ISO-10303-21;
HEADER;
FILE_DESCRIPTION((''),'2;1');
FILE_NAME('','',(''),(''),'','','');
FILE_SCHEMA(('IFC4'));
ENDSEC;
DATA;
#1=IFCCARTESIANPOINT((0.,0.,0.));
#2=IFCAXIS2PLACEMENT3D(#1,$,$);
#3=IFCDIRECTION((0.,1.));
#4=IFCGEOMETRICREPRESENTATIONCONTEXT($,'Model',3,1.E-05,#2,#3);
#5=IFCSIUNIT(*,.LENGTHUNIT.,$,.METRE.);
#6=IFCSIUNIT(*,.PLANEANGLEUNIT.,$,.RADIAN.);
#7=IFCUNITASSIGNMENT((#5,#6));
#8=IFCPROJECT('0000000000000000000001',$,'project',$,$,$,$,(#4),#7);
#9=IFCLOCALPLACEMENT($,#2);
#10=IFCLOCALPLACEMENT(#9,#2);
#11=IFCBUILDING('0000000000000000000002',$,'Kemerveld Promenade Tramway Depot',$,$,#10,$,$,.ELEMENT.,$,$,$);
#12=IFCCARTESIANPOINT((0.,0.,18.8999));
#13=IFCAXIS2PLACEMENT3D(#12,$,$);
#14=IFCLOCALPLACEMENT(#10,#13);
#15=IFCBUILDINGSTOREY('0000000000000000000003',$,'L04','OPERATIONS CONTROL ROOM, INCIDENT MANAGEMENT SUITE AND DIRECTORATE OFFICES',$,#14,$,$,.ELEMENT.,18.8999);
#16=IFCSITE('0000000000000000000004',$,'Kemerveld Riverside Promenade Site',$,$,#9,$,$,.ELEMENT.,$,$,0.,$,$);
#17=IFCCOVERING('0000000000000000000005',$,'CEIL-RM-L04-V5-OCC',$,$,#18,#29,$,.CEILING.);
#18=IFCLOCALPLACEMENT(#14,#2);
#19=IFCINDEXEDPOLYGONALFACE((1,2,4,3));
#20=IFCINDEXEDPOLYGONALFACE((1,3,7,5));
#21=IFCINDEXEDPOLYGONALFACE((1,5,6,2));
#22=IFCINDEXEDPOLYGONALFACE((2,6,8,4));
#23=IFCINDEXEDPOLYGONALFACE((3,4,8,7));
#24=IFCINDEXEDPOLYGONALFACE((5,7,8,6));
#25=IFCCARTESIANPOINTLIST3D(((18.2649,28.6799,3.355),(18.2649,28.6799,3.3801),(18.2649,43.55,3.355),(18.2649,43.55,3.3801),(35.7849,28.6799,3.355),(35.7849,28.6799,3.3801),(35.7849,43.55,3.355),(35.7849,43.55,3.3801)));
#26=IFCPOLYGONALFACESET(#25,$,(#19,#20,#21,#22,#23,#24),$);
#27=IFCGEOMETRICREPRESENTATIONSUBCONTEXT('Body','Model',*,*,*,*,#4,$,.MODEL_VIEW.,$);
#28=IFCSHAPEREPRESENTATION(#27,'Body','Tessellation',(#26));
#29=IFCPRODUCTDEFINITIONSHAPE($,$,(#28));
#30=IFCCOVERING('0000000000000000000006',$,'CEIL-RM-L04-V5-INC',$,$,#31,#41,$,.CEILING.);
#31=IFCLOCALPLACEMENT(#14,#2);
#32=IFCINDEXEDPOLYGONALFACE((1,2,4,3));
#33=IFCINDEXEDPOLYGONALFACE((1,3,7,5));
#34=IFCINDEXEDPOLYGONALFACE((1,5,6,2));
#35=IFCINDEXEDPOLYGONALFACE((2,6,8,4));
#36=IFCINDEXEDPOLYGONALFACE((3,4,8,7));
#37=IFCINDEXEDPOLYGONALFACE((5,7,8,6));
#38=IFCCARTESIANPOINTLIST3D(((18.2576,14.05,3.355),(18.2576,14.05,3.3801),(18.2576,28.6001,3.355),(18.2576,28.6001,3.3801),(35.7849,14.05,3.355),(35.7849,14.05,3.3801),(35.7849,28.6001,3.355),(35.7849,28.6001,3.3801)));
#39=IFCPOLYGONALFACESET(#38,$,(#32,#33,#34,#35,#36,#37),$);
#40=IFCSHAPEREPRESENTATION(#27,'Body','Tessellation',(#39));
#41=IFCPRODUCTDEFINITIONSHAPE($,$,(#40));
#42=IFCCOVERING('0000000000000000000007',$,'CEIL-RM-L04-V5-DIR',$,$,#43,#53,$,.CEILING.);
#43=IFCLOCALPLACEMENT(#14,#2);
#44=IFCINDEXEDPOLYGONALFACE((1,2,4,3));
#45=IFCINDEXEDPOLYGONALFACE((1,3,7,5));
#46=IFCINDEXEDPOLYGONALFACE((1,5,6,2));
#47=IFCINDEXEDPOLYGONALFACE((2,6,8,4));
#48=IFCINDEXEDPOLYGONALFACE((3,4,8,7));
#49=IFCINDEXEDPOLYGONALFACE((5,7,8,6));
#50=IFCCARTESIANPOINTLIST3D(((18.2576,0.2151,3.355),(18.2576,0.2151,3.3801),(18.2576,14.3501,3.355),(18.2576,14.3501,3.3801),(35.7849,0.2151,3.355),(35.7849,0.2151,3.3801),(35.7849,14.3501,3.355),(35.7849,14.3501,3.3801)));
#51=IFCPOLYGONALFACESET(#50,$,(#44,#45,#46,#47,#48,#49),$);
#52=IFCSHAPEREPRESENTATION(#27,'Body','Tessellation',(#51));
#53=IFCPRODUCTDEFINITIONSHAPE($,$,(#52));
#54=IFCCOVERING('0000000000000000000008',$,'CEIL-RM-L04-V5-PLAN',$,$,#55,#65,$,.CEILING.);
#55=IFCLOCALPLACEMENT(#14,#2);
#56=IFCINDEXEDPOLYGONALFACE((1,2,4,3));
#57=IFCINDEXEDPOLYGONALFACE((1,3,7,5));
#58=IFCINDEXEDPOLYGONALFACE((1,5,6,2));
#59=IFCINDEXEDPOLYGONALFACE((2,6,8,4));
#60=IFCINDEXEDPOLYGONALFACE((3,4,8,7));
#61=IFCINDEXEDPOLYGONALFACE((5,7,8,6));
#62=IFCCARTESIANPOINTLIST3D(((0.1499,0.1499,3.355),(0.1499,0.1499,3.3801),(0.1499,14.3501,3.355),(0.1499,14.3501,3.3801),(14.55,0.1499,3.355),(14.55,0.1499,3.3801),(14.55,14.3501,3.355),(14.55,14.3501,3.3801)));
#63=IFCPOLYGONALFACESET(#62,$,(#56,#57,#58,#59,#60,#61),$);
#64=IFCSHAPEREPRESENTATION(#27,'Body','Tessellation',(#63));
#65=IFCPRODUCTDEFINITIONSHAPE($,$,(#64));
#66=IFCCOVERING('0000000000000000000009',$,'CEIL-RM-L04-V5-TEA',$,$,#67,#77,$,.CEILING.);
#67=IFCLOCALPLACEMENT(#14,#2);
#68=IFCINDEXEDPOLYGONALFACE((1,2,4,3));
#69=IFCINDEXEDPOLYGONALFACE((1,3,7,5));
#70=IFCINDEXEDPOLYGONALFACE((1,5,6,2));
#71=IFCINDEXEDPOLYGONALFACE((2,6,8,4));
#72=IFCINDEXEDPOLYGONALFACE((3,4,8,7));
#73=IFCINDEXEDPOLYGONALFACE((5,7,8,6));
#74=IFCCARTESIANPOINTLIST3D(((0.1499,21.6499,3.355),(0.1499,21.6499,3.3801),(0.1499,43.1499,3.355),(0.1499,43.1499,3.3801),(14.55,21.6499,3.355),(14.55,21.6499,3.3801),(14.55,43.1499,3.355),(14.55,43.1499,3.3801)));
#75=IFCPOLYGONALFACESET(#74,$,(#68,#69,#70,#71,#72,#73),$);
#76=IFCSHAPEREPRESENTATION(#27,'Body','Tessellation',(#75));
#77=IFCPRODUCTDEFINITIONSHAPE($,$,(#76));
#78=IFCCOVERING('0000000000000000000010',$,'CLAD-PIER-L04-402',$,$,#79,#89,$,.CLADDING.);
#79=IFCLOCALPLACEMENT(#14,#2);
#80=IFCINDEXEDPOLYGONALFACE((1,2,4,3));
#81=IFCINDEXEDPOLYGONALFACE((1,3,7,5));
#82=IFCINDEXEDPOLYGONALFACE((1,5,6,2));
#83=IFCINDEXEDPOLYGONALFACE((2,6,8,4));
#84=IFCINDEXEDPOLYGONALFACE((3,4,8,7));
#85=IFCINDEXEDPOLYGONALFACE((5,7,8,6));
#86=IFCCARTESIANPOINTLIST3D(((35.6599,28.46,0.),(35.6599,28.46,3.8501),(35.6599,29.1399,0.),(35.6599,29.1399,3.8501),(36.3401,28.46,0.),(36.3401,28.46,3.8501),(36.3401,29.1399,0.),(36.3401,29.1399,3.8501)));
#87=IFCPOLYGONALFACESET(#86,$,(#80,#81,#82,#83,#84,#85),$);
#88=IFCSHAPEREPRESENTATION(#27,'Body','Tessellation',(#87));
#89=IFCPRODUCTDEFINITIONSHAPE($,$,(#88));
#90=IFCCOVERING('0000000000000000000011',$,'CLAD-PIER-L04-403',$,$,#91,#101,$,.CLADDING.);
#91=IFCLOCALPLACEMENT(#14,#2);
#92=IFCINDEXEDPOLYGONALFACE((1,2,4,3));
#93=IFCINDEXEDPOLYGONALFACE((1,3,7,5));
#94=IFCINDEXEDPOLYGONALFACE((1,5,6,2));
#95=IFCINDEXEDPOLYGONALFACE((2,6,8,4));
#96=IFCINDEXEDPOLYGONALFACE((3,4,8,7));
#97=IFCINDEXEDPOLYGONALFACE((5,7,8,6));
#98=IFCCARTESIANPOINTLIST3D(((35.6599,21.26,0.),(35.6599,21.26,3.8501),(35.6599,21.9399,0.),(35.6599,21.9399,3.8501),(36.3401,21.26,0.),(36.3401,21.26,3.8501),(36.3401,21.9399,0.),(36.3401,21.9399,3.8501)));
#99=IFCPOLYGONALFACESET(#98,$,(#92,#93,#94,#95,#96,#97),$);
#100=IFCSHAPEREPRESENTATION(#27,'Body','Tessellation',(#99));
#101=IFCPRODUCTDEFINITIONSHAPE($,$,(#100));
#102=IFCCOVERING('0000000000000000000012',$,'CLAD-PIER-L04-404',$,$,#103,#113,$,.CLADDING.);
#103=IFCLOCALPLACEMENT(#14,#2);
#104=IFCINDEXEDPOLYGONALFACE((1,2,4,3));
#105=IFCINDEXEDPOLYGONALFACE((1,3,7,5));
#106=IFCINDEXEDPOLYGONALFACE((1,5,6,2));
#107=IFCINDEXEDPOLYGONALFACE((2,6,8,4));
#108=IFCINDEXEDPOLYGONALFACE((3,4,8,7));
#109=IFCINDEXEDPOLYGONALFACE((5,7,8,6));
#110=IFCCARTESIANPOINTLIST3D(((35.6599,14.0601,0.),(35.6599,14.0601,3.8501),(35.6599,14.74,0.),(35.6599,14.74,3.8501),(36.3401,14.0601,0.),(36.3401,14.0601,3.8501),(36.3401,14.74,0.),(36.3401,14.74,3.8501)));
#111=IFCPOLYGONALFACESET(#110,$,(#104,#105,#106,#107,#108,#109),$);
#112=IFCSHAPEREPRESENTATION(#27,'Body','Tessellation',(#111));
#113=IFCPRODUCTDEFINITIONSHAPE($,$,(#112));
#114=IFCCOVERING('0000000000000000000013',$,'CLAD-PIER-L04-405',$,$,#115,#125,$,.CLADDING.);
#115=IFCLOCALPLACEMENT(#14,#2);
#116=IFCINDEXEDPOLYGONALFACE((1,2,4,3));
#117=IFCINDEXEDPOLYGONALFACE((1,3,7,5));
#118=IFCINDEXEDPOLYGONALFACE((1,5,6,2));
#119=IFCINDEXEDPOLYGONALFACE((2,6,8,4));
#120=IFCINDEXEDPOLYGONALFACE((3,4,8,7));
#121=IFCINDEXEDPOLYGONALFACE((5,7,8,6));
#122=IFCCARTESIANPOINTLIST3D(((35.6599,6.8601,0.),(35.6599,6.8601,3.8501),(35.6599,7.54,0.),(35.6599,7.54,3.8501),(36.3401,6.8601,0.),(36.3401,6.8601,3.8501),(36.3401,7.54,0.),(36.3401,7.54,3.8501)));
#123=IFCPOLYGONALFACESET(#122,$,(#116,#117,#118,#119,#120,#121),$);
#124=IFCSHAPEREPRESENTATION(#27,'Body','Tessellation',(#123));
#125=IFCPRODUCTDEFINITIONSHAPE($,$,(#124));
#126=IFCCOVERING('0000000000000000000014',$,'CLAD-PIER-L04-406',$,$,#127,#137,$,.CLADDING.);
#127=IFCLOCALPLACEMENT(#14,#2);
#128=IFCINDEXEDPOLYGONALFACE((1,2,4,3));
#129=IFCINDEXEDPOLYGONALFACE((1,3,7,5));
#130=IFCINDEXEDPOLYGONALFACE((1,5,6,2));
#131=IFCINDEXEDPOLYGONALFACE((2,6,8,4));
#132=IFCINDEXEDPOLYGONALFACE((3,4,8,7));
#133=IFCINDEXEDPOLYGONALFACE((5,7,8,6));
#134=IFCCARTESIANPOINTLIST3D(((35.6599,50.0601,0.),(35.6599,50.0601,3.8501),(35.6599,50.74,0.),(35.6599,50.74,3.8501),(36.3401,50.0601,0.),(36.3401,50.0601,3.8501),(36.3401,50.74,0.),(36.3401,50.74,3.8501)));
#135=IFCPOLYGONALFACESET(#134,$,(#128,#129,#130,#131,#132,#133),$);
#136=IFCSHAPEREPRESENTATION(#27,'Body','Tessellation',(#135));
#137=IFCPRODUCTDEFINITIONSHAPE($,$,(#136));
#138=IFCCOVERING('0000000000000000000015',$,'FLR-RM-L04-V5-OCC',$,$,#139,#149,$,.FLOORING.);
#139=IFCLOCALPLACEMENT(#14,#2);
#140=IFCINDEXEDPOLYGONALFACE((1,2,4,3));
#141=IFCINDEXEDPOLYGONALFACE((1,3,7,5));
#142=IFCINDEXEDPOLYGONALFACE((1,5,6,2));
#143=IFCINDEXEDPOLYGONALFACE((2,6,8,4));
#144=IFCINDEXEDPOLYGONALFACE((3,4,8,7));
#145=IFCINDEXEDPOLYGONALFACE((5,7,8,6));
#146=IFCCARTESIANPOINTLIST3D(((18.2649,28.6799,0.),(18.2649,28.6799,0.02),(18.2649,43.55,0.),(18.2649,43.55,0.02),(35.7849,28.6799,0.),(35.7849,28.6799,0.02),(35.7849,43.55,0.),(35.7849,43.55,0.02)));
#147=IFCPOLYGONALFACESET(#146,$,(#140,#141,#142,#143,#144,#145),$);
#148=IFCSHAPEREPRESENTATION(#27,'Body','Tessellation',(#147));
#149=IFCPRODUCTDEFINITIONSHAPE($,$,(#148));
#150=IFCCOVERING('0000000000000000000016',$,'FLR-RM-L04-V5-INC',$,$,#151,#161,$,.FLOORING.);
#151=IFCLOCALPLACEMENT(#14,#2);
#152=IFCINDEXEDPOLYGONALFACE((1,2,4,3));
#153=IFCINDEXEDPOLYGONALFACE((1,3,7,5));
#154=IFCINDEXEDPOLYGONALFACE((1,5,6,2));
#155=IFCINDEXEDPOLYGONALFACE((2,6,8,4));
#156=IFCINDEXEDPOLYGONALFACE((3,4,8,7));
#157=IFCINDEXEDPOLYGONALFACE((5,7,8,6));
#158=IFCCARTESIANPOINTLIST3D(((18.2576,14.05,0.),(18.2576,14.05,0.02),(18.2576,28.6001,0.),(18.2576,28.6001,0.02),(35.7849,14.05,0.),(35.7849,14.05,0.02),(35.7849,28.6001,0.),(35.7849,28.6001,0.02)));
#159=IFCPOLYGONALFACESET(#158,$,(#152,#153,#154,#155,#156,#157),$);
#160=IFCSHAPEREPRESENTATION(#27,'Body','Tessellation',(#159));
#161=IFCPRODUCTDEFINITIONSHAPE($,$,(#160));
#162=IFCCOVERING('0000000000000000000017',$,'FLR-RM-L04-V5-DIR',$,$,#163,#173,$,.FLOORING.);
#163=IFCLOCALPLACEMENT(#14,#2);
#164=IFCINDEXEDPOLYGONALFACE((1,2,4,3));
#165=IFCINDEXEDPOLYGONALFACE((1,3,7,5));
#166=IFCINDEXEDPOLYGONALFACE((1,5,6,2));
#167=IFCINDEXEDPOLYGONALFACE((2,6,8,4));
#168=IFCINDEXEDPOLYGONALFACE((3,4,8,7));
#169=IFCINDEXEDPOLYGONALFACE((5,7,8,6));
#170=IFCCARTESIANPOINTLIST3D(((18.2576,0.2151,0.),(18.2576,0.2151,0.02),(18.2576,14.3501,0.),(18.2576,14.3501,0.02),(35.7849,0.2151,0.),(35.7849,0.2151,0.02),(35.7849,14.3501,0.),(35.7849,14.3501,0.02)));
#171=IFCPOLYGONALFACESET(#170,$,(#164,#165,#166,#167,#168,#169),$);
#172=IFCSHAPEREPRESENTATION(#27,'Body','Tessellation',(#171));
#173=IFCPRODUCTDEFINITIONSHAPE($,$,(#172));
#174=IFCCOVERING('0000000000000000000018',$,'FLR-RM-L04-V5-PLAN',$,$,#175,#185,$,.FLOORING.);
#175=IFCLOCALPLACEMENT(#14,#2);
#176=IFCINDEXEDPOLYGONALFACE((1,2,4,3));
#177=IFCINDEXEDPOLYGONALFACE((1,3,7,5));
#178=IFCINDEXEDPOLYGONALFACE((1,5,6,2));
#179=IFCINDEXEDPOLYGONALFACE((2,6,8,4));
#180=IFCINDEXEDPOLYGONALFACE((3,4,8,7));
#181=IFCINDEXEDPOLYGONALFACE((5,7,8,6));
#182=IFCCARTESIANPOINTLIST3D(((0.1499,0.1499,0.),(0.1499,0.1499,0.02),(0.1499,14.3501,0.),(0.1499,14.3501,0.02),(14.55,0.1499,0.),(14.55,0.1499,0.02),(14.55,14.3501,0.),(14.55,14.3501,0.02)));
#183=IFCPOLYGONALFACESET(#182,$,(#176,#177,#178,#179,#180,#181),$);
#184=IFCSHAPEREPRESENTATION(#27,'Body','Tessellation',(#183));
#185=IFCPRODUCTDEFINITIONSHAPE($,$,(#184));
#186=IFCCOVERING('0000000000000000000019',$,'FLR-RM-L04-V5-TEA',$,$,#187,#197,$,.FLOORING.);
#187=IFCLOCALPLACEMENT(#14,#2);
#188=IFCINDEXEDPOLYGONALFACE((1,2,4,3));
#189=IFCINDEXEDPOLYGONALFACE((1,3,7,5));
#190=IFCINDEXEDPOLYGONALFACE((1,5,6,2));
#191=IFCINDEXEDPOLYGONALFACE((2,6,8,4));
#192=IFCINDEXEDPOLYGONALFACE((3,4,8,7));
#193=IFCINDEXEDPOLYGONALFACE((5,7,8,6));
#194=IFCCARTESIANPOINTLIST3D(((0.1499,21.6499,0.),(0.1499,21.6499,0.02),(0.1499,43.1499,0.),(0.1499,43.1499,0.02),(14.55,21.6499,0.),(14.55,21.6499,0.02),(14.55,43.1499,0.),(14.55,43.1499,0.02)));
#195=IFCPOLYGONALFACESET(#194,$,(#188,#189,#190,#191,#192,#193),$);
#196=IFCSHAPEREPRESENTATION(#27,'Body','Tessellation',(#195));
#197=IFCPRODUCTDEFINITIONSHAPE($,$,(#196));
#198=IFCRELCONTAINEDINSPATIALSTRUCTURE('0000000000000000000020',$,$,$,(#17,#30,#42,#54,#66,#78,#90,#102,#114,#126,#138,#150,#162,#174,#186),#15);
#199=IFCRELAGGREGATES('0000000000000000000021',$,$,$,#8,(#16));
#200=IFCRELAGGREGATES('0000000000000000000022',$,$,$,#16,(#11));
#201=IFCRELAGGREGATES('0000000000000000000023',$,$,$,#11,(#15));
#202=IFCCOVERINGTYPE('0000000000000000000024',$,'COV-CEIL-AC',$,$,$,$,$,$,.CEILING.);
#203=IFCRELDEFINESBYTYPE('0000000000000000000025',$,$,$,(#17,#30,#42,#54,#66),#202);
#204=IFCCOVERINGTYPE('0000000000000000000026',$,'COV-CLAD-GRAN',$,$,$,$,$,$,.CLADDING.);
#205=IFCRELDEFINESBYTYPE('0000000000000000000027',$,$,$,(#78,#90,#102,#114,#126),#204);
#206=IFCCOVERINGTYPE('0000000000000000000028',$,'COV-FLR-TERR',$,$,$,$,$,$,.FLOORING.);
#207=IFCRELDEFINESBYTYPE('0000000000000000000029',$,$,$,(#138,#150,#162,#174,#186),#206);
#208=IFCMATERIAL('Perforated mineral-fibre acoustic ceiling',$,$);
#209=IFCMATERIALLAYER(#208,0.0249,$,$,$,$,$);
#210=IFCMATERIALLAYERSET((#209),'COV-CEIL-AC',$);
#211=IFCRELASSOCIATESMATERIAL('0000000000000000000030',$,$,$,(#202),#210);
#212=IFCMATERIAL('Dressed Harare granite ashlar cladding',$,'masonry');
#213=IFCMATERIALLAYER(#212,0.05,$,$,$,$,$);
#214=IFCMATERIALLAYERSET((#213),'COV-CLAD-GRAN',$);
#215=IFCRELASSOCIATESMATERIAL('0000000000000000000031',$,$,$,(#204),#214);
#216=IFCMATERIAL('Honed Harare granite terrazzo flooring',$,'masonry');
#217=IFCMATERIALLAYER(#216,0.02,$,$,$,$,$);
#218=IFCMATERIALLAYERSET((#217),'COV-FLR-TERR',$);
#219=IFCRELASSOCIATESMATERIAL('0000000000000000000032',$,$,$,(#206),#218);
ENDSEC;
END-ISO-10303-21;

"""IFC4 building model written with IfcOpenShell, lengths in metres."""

from ifc_helpers import new_model, si_unit, direction, frame, origin, place, context, subcontext, project, spatial, polyline, outline, extrude, material, layer, layer_set, type_object, element, save


model = new_model("IFC4")

# Units and contexts
model_context = context("Model", 3, precision=1e-05, world=origin(), true_north=direction((0.0, 1.0)))
body_context = subcontext(model_context, "Body", "Model", "MODEL_VIEW")
ifc_project = project(units=[si_unit("LENGTHUNIT", "METRE"), si_unit("PLANEANGLEUNIT", "RADIAN")], contexts=[model_context])

# Site, building, storey
site_placement = place(None, origin())
site = spatial("IfcSite", under=ifc_project, at=site_placement, Name="Kemerveld Riverside Promenade Site", CompositionType="ELEMENT", RefElevation=0.0)
building_placement = place(site_placement, origin())
building = spatial("IfcBuilding", under=site, at=building_placement, Name="Kemerveld Promenade Tramway Depot", CompositionType="ELEMENT")
storey_placement = place(building_placement, frame((0.0, 0.0, 18.8999)))
storey = spatial("IfcBuildingStorey", under=building, at=storey_placement, Name="L04", Description="OPERATIONS CONTROL ROOM, INCIDENT MANAGEMENT SUITE AND DIRECTORATE OFFICES", CompositionType="ELEMENT", Elevation=18.8999)

# Coverings
ifc_material_1 = material(Name="Perforated mineral-fibre acoustic ceiling")
ifc_layer_1 = layer(ifc_material_1, 0.0249)
ifc_layer_set_1 = layer_set([ifc_layer_1], Name="COV-CEIL-AC")
covering_type_1 = type_object("IfcCoveringType", Name="COV-CEIL-AC", PredefinedType="CEILING", material=ifc_layer_set_1)
covering_1_placement = place(storey_placement, frame((0.0, 0.0, 3.355)))
element("IfcCovering", 1, at=covering_1_placement, inside=storey, type_object=covering_type_1, Name="CEIL-RM-L04-V5-OCC", PredefinedType="CEILING", context=body_context, shape_type="SweptSolid", body=[
    extrude(outline(polyline([(18.2649, 28.6799), (35.7849, 28.6799), (35.7849, 43.55), (18.2649, 43.55), (18.2649, 28.6799)])), origin(), (0.0, 0.0, 1.0), 0.0251),
])
covering_2_placement = place(storey_placement, frame((0.0, 0.0, 3.355)))
element("IfcCovering", 2, at=covering_2_placement, inside=storey, type_object=covering_type_1, Name="CEIL-RM-L04-V5-INC", PredefinedType="CEILING", context=body_context, shape_type="SweptSolid", body=[
    extrude(outline(polyline([(18.2576, 14.05), (35.7849, 14.05), (35.7849, 28.6001), (18.2576, 28.6001), (18.2576, 14.05)])), origin(), (0.0, 0.0, 1.0), 0.0251),
])
covering_3_placement = place(storey_placement, frame((0.0, 0.0, 3.355)))
element("IfcCovering", 3, at=covering_3_placement, inside=storey, type_object=covering_type_1, Name="CEIL-RM-L04-V5-DIR", PredefinedType="CEILING", context=body_context, shape_type="SweptSolid", body=[
    extrude(outline(polyline([(18.2576, 0.2151), (35.7849, 0.2151), (35.7849, 14.3501), (18.2576, 14.3501), (18.2576, 0.2151)])), origin(), (0.0, 0.0, 1.0), 0.0251),
])
covering_4_placement = place(storey_placement, frame((0.0, 0.0, 3.355)))
element("IfcCovering", 4, at=covering_4_placement, inside=storey, type_object=covering_type_1, Name="CEIL-RM-L04-V5-PLAN", PredefinedType="CEILING", context=body_context, shape_type="SweptSolid", body=[
    extrude(outline(polyline([(0.1499, 0.1499), (14.55, 0.1499), (14.55, 14.3501), (0.1499, 14.3501), (0.1499, 0.1499)])), origin(), (0.0, 0.0, 1.0), 0.0251),
])
covering_5_placement = place(storey_placement, frame((0.0, 0.0, 3.355)))
element("IfcCovering", 5, at=covering_5_placement, inside=storey, type_object=covering_type_1, Name="CEIL-RM-L04-V5-TEA", PredefinedType="CEILING", context=body_context, shape_type="SweptSolid", body=[
    extrude(outline(polyline([(0.1499, 21.6499), (14.55, 21.6499), (14.55, 43.1499), (0.1499, 43.1499), (0.1499, 21.6499)])), origin(), (0.0, 0.0, 1.0), 0.0251),
])
ifc_material_2 = material(Name="Dressed Harare granite ashlar cladding", Category="masonry")
ifc_layer_2 = layer(ifc_material_2, 0.05)
ifc_layer_set_2 = layer_set([ifc_layer_2], Name="COV-CLAD-GRAN")
covering_type_2 = type_object("IfcCoveringType", Name="COV-CLAD-GRAN", PredefinedType="CLADDING", material=ifc_layer_set_2)
covering_6_placement = place(storey_placement, origin())
element("IfcCovering", 6, at=covering_6_placement, inside=storey, type_object=covering_type_2, Name="CLAD-PIER-L04-402", PredefinedType="CLADDING", context=body_context, shape_type="SweptSolid", body=[
    extrude(outline(polyline([(35.6599, 28.46), (36.3401, 28.46), (36.3401, 29.1399), (35.6599, 29.1399), (35.6599, 28.46)])), origin(), (0.0, 0.0, 1.0), 3.8501),
])
covering_7_placement = place(storey_placement, origin())
element("IfcCovering", 7, at=covering_7_placement, inside=storey, type_object=covering_type_2, Name="CLAD-PIER-L04-403", PredefinedType="CLADDING", context=body_context, shape_type="SweptSolid", body=[
    extrude(outline(polyline([(35.6599, 21.26), (36.3401, 21.26), (36.3401, 21.9399), (35.6599, 21.9399), (35.6599, 21.26)])), origin(), (0.0, 0.0, 1.0), 3.8501),
])
covering_8_placement = place(storey_placement, origin())
element("IfcCovering", 8, at=covering_8_placement, inside=storey, type_object=covering_type_2, Name="CLAD-PIER-L04-404", PredefinedType="CLADDING", context=body_context, shape_type="SweptSolid", body=[
    extrude(outline(polyline([(35.6599, 14.0601), (36.3401, 14.0601), (36.3401, 14.74), (35.6599, 14.74), (35.6599, 14.0601)])), origin(), (0.0, 0.0, 1.0), 3.8501),
])
covering_9_placement = place(storey_placement, origin())
element("IfcCovering", 9, at=covering_9_placement, inside=storey, type_object=covering_type_2, Name="CLAD-PIER-L04-405", PredefinedType="CLADDING", context=body_context, shape_type="SweptSolid", body=[
    extrude(outline(polyline([(35.6599, 6.8601), (36.3401, 6.8601), (36.3401, 7.54), (35.6599, 7.54), (35.6599, 6.8601)])), origin(), (0.0, 0.0, 1.0), 3.8501),
])
covering_10_placement = place(storey_placement, origin())
element("IfcCovering", 10, at=covering_10_placement, inside=storey, type_object=covering_type_2, Name="CLAD-PIER-L04-406", PredefinedType="CLADDING", context=body_context, shape_type="SweptSolid", body=[
    extrude(outline(polyline([(35.6599, 50.0601), (36.3401, 50.0601), (36.3401, 50.74), (35.6599, 50.74), (35.6599, 50.0601)])), origin(), (0.0, 0.0, 1.0), 3.8501),
])
ifc_material_3 = material(Name="Honed Harare granite terrazzo flooring", Category="masonry")
ifc_layer_3 = layer(ifc_material_3, 0.02)
ifc_layer_set_3 = layer_set([ifc_layer_3], Name="COV-FLR-TERR")
covering_type_3 = type_object("IfcCoveringType", Name="COV-FLR-TERR", PredefinedType="FLOORING", material=ifc_layer_set_3)
covering_11_placement = place(storey_placement, origin())
element("IfcCovering", 11, at=covering_11_placement, inside=storey, type_object=covering_type_3, Name="FLR-RM-L04-V5-OCC", PredefinedType="FLOORING", context=body_context, shape_type="SweptSolid", body=[
    extrude(outline(polyline([(18.2649, 28.6799), (35.7849, 28.6799), (35.7849, 43.55), (18.2649, 43.55), (18.2649, 28.6799)])), origin(), (0.0, 0.0, 1.0), 0.02),
])
covering_12_placement = place(storey_placement, origin())
element("IfcCovering", 12, at=covering_12_placement, inside=storey, type_object=covering_type_3, Name="FLR-RM-L04-V5-INC", PredefinedType="FLOORING", context=body_context, shape_type="SweptSolid", body=[
    extrude(outline(polyline([(18.2576, 14.05), (35.7849, 14.05), (35.7849, 28.6001), (18.2576, 28.6001), (18.2576, 14.05)])), origin(), (0.0, 0.0, 1.0), 0.02),
])
covering_13_placement = place(storey_placement, origin())
element("IfcCovering", 13, at=covering_13_placement, inside=storey, type_object=covering_type_3, Name="FLR-RM-L04-V5-DIR", PredefinedType="FLOORING", context=body_context, shape_type="SweptSolid", body=[
    extrude(outline(polyline([(18.2576, 0.2151), (35.7849, 0.2151), (35.7849, 14.3501), (18.2576, 14.3501), (18.2576, 0.2151)])), origin(), (0.0, 0.0, 1.0), 0.02),
])
covering_14_placement = place(storey_placement, origin())
element("IfcCovering", 14, at=covering_14_placement, inside=storey, type_object=covering_type_3, Name="FLR-RM-L04-V5-PLAN", PredefinedType="FLOORING", context=body_context, shape_type="SweptSolid", body=[
    extrude(outline(polyline([(0.1499, 0.1499), (14.55, 0.1499), (14.55, 14.3501), (0.1499, 14.3501), (0.1499, 0.1499)])), origin(), (0.0, 0.0, 1.0), 0.02),
])
covering_15_placement = place(storey_placement, origin())
element("IfcCovering", 15, at=covering_15_placement, inside=storey, type_object=covering_type_3, Name="FLR-RM-L04-V5-TEA", PredefinedType="FLOORING", context=body_context, shape_type="SweptSolid", body=[
    extrude(outline(polyline([(0.1499, 21.6499), (14.55, 21.6499), (14.55, 43.1499), (0.1499, 43.1499), (0.1499, 21.6499)])), origin(), (0.0, 0.0, 1.0), 0.02),
])

save(model, "model.ifc")
